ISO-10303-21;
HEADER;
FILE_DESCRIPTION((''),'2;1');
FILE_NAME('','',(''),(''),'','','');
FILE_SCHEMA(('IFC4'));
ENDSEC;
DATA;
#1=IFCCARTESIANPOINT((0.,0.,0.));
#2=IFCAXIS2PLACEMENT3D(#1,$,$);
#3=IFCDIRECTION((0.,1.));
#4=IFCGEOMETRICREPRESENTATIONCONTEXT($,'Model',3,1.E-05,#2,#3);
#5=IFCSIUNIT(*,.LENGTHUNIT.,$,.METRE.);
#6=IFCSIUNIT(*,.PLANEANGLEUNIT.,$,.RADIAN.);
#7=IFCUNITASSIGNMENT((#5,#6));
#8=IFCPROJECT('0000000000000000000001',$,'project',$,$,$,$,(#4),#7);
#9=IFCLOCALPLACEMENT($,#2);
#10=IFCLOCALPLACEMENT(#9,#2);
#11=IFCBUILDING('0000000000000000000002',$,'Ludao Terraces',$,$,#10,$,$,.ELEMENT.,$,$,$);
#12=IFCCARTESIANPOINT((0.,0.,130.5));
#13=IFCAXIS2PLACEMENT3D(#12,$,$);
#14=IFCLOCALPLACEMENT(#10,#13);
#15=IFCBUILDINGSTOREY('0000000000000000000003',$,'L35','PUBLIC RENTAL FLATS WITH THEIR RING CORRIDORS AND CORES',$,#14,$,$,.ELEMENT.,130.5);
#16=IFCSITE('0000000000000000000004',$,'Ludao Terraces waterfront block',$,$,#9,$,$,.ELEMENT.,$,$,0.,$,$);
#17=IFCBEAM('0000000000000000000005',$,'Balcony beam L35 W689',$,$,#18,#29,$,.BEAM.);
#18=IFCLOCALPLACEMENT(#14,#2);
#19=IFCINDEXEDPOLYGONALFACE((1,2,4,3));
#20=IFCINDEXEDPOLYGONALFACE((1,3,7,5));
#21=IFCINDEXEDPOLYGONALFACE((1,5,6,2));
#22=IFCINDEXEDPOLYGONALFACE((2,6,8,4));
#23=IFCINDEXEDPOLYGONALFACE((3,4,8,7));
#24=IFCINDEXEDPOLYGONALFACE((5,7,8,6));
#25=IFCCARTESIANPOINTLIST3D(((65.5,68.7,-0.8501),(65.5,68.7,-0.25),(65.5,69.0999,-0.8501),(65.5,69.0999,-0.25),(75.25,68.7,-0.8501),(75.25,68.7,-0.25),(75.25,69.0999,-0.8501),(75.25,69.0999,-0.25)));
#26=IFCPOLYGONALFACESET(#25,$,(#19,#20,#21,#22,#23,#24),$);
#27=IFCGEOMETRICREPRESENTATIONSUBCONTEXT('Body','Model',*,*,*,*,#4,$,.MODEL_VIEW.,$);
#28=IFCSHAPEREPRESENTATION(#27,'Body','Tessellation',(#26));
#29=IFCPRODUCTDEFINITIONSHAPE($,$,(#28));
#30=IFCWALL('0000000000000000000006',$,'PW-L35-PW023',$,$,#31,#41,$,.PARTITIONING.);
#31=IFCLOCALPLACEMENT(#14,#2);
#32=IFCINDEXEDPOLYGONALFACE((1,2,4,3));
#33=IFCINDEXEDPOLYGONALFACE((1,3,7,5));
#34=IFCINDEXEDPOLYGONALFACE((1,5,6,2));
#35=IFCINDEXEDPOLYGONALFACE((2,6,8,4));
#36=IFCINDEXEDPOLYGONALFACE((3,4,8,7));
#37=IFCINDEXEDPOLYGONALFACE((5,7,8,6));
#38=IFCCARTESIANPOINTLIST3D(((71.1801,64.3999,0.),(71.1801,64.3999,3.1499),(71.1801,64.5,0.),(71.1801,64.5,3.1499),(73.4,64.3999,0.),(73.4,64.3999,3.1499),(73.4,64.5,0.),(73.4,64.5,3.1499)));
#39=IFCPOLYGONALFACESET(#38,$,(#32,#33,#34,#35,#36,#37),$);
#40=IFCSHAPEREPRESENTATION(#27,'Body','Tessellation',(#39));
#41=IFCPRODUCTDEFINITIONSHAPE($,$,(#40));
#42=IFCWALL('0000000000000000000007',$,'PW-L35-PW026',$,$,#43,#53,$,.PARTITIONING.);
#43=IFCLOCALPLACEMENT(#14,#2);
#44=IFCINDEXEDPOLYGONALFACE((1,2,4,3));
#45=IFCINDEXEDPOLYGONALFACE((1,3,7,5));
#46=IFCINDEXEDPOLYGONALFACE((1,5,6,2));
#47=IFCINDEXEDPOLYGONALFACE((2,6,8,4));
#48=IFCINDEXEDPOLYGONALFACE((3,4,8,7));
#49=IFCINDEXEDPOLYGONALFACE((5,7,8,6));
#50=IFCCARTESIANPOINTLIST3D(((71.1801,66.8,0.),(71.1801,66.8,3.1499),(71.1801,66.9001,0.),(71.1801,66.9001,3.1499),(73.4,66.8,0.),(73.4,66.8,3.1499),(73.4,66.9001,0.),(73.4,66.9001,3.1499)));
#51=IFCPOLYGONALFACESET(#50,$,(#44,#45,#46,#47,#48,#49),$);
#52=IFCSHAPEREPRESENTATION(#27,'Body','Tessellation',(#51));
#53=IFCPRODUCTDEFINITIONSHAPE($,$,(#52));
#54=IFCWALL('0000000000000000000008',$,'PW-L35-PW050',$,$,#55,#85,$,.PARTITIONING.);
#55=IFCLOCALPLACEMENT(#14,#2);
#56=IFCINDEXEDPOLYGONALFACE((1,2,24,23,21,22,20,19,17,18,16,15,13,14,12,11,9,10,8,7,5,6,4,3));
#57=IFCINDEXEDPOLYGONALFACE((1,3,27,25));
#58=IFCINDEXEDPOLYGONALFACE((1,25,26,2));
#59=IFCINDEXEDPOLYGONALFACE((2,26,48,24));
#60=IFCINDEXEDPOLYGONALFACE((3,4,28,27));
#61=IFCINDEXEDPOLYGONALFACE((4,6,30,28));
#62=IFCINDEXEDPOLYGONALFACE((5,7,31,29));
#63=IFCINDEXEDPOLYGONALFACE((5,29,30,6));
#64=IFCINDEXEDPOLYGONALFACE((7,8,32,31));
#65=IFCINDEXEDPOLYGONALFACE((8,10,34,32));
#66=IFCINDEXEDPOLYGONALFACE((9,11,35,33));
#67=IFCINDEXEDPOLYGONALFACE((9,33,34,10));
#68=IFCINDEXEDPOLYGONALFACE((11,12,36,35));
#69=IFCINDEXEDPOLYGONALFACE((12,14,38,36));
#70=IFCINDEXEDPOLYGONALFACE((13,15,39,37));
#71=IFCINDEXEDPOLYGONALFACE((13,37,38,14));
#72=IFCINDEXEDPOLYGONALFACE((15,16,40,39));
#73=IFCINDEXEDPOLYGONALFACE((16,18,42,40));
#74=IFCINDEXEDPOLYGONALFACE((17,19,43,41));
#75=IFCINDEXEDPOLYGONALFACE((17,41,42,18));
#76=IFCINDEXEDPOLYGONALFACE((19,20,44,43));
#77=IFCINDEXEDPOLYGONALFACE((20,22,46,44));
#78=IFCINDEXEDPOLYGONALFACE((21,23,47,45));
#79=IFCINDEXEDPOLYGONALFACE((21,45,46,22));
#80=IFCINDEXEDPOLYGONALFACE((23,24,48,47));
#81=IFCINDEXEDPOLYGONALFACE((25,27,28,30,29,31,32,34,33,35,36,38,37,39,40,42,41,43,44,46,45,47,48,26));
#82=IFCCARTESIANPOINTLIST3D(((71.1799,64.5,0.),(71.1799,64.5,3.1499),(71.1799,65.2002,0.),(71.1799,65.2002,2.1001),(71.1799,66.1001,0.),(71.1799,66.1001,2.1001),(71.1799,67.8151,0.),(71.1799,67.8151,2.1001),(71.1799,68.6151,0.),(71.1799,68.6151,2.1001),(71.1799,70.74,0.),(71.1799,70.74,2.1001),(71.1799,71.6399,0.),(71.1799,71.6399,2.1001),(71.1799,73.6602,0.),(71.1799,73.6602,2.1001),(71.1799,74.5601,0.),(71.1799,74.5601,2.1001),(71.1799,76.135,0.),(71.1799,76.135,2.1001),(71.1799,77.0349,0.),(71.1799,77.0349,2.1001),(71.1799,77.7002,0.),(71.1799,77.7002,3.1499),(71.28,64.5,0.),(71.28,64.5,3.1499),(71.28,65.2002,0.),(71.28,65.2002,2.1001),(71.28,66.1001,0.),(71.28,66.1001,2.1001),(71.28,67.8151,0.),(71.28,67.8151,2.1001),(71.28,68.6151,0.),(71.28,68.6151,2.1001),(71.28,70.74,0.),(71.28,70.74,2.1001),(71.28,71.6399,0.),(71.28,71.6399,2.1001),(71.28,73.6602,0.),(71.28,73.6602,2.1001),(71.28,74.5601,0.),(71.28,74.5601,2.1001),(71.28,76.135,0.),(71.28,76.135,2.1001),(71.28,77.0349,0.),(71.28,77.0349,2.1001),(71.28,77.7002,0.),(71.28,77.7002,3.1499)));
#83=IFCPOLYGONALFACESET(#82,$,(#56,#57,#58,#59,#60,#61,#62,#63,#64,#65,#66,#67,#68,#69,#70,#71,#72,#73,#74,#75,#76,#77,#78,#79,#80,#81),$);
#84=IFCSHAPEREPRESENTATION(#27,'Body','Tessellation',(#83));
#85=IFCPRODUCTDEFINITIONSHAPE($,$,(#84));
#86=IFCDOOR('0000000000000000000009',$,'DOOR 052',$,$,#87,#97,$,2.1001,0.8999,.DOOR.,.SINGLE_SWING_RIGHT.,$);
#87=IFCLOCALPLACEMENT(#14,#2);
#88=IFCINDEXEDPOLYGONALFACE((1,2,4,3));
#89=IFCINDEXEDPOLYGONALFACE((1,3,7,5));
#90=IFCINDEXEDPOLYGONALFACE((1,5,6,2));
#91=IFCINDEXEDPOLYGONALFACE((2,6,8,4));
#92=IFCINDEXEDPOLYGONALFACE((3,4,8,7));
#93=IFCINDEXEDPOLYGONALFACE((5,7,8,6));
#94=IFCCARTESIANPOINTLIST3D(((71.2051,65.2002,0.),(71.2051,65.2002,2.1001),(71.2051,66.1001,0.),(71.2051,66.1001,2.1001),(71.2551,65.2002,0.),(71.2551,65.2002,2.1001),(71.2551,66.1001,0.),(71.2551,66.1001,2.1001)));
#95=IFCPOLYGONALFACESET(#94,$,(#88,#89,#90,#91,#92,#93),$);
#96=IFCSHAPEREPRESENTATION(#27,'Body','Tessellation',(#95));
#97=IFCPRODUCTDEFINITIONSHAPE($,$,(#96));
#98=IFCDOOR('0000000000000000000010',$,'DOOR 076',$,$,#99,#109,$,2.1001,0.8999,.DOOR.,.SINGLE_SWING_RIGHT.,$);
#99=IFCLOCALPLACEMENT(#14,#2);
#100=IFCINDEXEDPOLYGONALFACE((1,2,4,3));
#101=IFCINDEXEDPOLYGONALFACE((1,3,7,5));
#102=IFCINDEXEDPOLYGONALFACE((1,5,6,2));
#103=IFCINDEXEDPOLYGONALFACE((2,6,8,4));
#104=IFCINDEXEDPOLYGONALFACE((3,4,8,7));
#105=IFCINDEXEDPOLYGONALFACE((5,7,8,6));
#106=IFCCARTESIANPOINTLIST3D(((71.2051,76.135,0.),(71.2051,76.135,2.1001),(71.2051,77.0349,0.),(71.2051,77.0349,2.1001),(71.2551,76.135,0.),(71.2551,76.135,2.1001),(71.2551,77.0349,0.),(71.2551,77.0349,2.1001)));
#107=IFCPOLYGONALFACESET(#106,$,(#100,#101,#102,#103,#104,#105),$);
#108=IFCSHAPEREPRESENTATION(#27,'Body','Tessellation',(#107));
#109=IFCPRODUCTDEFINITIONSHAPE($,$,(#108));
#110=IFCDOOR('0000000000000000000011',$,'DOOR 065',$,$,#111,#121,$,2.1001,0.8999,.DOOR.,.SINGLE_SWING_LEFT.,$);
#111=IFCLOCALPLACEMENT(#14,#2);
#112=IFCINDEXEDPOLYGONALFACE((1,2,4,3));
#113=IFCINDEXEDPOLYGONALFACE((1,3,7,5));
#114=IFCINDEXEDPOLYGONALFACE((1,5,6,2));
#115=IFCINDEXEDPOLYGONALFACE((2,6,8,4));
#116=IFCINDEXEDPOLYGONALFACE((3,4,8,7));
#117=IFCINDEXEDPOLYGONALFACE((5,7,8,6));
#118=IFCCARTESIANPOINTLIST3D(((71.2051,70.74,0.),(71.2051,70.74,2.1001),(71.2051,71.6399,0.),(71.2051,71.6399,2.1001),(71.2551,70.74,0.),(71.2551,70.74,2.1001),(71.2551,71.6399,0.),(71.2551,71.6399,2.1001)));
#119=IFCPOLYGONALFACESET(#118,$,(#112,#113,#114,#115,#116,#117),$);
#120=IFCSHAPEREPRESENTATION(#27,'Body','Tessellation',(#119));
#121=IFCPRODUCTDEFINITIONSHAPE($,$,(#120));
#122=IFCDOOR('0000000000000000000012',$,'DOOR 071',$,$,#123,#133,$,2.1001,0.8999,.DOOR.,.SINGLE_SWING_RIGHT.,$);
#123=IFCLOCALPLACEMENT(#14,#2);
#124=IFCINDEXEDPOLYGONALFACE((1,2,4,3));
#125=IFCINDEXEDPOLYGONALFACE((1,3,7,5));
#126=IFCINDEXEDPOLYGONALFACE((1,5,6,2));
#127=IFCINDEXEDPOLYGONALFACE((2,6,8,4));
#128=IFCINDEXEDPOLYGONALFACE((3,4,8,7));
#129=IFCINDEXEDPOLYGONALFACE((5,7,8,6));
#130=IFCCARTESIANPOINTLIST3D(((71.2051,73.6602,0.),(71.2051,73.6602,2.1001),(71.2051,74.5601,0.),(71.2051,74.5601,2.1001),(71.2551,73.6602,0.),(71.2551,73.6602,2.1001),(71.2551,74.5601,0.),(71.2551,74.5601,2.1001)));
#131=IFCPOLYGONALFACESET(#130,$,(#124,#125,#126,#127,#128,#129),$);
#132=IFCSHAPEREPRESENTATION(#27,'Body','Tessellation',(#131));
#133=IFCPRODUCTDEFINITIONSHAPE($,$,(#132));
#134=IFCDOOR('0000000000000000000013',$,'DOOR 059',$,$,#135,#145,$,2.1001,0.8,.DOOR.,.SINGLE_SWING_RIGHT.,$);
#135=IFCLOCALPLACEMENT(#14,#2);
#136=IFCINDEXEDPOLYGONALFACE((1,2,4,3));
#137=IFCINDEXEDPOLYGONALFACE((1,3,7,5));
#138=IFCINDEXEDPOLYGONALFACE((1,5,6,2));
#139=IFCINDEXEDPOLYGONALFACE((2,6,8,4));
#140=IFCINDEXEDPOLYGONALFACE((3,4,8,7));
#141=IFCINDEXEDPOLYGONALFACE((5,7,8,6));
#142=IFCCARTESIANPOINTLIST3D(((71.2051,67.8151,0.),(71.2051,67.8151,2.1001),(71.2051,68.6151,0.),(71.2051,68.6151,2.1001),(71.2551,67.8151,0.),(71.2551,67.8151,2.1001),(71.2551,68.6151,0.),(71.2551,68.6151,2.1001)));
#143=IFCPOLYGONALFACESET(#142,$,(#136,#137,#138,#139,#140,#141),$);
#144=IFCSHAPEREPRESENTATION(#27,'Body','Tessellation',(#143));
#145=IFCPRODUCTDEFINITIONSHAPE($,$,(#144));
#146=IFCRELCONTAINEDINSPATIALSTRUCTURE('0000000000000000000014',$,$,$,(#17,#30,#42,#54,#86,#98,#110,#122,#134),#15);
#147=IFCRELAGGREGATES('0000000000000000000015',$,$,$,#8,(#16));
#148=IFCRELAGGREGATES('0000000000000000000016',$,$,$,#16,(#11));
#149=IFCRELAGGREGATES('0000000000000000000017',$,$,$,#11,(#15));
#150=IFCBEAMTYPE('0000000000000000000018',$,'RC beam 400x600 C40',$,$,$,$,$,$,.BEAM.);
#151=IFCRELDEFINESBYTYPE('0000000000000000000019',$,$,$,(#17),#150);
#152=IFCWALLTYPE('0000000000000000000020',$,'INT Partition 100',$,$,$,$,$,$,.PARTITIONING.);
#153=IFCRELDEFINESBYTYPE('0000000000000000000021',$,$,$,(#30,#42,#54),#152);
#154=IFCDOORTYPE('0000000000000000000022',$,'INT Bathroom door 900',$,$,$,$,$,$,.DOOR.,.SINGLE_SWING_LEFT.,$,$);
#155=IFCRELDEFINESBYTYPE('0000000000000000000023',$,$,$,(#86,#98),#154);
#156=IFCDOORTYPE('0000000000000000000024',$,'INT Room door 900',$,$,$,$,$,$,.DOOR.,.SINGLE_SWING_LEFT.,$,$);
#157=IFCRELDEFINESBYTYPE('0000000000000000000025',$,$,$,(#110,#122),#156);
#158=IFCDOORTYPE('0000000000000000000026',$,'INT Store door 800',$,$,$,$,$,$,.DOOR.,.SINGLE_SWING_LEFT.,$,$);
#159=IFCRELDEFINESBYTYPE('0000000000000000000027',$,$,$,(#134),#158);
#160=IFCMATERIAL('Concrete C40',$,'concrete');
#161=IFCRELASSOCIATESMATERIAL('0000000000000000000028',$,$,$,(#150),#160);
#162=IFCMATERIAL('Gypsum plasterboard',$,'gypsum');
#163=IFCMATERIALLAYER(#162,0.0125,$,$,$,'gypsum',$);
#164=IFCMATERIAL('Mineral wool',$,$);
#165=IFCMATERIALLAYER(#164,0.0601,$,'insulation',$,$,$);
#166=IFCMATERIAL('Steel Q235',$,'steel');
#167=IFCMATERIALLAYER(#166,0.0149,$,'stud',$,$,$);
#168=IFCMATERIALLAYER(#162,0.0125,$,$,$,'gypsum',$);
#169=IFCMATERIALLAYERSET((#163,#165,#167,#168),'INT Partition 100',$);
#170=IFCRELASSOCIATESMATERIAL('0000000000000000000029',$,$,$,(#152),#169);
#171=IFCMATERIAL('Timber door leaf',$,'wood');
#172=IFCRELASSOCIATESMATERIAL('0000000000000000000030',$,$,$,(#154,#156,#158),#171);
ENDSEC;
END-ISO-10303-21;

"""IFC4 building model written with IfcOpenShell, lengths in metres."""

from ifc_helpers import new_model, si_unit, direction, frame, frame_2d, origin, origin_2d, place, context, subcontext, project, spatial, rectangle, extrude, material, layer, layer_set, material_profile, profile_set, type_object, element, fill, save


model = new_model("IFC4")

# Units and contexts
model_context = context("Model", 3, precision=1e-05, world=origin(), true_north=direction((0.0, 1.0)))
body_context = subcontext(model_context, "Body", "Model", "MODEL_VIEW")
ifc_project = project(units=[si_unit("LENGTHUNIT", "METRE"), si_unit("PLANEANGLEUNIT", "RADIAN")], contexts=[model_context])

# Site, building, storey
site_placement = place(None, origin())
site = spatial("IfcSite", under=ifc_project, at=site_placement, Name="Ludao Terraces waterfront block", CompositionType="ELEMENT", RefElevation=0.0)
building_placement = place(site_placement, origin())
building = spatial("IfcBuilding", under=site, at=building_placement, Name="Ludao Terraces", CompositionType="ELEMENT")
storey_placement = place(building_placement, frame((0.0, 0.0, 130.5)))
storey = spatial("IfcBuildingStorey", under=building, at=storey_placement, Name="L35", Description="PUBLIC RENTAL FLATS WITH THEIR RING CORRIDORS AND CORES", CompositionType="ELEMENT", Elevation=130.5)

# Beam
ifc_material_1 = material(Name="Concrete C40", Category="concrete")
ifc_material_profile = material_profile(ifc_material_1, rectangle(XDim=0.3999, YDim=0.6001, at=origin_2d()), Name="400 X 600")
ifc_profile_set = profile_set([ifc_material_profile], Name="Concrete C40")
beam_type = type_object("IfcBeamType", Name="RC beam 400x600 C40", PredefinedType="BEAM", material=ifc_profile_set)
beam_placement = place(storey_placement, frame((75.25, 68.8999, -0.55), z_axis=(-1.0, 0.0, 0.0), x_axis=(0.0, -1.0, 0.0)))
element("IfcBeam", 1, at=beam_placement, inside=storey, type_object=beam_type, Name="Balcony beam L35 W689", PredefinedType="BEAM", context=body_context, shape_type="SweptSolid", body=[
    extrude(rectangle(XDim=0.3999, YDim=0.6001, at=origin_2d()), origin(), (0.0, 0.0, 1.0), 9.75),
])

# Walls
ifc_material_2 = material(Name="Gypsum plasterboard", Category="gypsum")
ifc_layer_1 = layer(ifc_material_2, 0.0125, Category="gypsum")
ifc_material_3 = material(Name="Mineral wool")
ifc_layer_2 = layer(ifc_material_3, 0.0601, Name="insulation")
ifc_material_4 = material(Name="Steel Q235", Category="steel")
ifc_layer_3 = layer(ifc_material_4, 0.0149, Name="stud")
ifc_layer_4 = layer(ifc_material_2, 0.0125, Category="gypsum")
ifc_layer_set_1 = layer_set([ifc_layer_1, ifc_layer_2, ifc_layer_3, ifc_layer_4], Name="INT Partition 100")
wall_type_1 = type_object("IfcWallType", Name="INT Partition 100", PredefinedType="PARTITIONING", material=ifc_layer_set_1)
for number, where, z_axis, x_axis, name in (
    (2, (71.1802, 64.45, 0.0), (0.0, 0.0, 1.0), (1.0, 0.0, 0.0), "PW-L35-PW023"),
    (3, (71.1802, 66.8501, 0.0), (0.0, 0.0, 1.0), (1.0, 0.0, 0.0), "PW-L35-PW026"),
):
    element("IfcWall", number, at=place(storey_placement, frame(where, z_axis=z_axis, x_axis=x_axis)), inside=storey, type_object=wall_type_1, Name=name, PredefinedType="PARTITIONING", context=body_context, shape_type="SweptSolid", body=[
        extrude(rectangle(XDim=2.22, YDim=0.1001, at=frame_2d((1.1099, 0.0))), origin(), (0.0, 0.0, 1.0), 3.1499),
    ])

# Wall, openings, doors
wall_1_placement = place(storey_placement, frame((71.23, 64.5, 0.0), z_axis=(0.0, 0.0, 1.0), x_axis=(0.0, 1.0, 0.0)))
wall_1 = element("IfcWall", 4, at=wall_1_placement, inside=storey, type_object=wall_type_1, Name="PW-L35-PW050", PredefinedType="PARTITIONING", context=body_context, shape_type="SweptSolid", body=[
    extrude(rectangle(XDim=13.2002, YDim=0.1001, at=frame_2d((6.6001, 0.0))), origin(), (0.0, 0.0, 1.0), 3.1499),
])
opening_1_placement = place(wall_1_placement, frame((0.7002, 0.0, 0.0)))
opening_1 = element("IfcOpeningElement", 5, at=opening_1_placement, cuts=wall_1, PredefinedType="OPENING", context=body_context, shape_type="SweptSolid", body=[
    extrude(rectangle(XDim=0.8999, YDim=2.1001, at=frame_2d((0.45, 1.05))), frame((0.0, 0.0601, 0.0), z_axis=(0.0, -1.0, 0.0), x_axis=(1.0, 0.0, 0.0)), (0.0, 0.0, 1.0), 0.1201),
])
opening_2_placement = place(wall_1_placement, frame((3.3152, 0.0, 0.0)))
opening_2 = element("IfcOpeningElement", 6, at=opening_2_placement, cuts=wall_1, PredefinedType="OPENING", context=body_context, shape_type="SweptSolid", body=[
    extrude(rectangle(XDim=0.8, YDim=2.1001, at=frame_2d((0.3999, 1.05))), frame((0.0, 0.0601, 0.0), z_axis=(0.0, -1.0, 0.0), x_axis=(1.0, 0.0, 0.0)), (0.0, 0.0, 1.0), 0.1201),
])
opening_3_placement = place(wall_1_placement, frame((6.24, 0.0, 0.0)))
opening_3 = element("IfcOpeningElement", 7, at=opening_3_placement, cuts=wall_1, PredefinedType="OPENING", context=body_context, shape_type="SweptSolid", body=[
    extrude(rectangle(XDim=0.8999, YDim=2.1001, at=frame_2d((0.45, 1.05))), frame((0.0, 0.0601, 0.0), z_axis=(0.0, -1.0, 0.0), x_axis=(1.0, 0.0, 0.0)), (0.0, 0.0, 1.0), 0.1201),
])
opening_4_placement = place(wall_1_placement, frame((9.1602, 0.0, 0.0)))
opening_4 = element("IfcOpeningElement", 8, at=opening_4_placement, cuts=wall_1, PredefinedType="OPENING", context=body_context, shape_type="SweptSolid", body=[
    extrude(rectangle(XDim=0.8999, YDim=2.1001, at=frame_2d((0.45, 1.05))), frame((0.0, 0.0601, 0.0), z_axis=(0.0, -1.0, 0.0), x_axis=(1.0, 0.0, 0.0)), (0.0, 0.0, 1.0), 0.1201),
])
opening_5_placement = place(wall_1_placement, frame((11.635, 0.0, 0.0)))
opening_5 = element("IfcOpeningElement", 9, at=opening_5_placement, cuts=wall_1, PredefinedType="OPENING", context=body_context, shape_type="SweptSolid", body=[
    extrude(rectangle(XDim=0.8999, YDim=2.1001, at=frame_2d((0.45, 1.05))), frame((0.0, 0.0601, 0.0), z_axis=(0.0, -1.0, 0.0), x_axis=(1.0, 0.0, 0.0)), (0.0, 0.0, 1.0), 0.1201),
])
ifc_material_5 = material(Name="Timber door leaf", Category="wood")
door_type_1 = type_object("IfcDoorType", Name="INT Bathroom door 900", OperationType="SINGLE_SWING_LEFT", PredefinedType="DOOR", material=ifc_material_5)
door_1_placement = place(opening_1_placement, origin())
door_1 = element("IfcDoor", 10, at=door_1_placement, inside=storey, type_object=door_type_1, Name="DOOR 052", OperationType="SINGLE_SWING_RIGHT", OverallHeight=2.1001, OverallWidth=0.8999, PredefinedType="DOOR", context=body_context, shape_type="SweptSolid", body=[
    extrude(rectangle(XDim=0.8999, YDim=2.1001, at=frame_2d((0.45, 1.05))), frame((0.0, 0.0249, 0.0), z_axis=(0.0, -1.0, 0.0), x_axis=(1.0, 0.0, 0.0)), (0.0, 0.0, 1.0), 0.05),
])
fill(opening_1, door_1)
door_2_placement = place(opening_5_placement, origin())
door_2 = element("IfcDoor", 11, at=door_2_placement, inside=storey, type_object=door_type_1, Name="DOOR 076", OperationType="SINGLE_SWING_RIGHT", OverallHeight=2.1001, OverallWidth=0.8999, PredefinedType="DOOR", context=body_context, shape_type="SweptSolid", body=[
    extrude(rectangle(XDim=0.8999, YDim=2.1001, at=frame_2d((0.45, 1.05))), frame((0.0, 0.0249, 0.0), z_axis=(0.0, -1.0, 0.0), x_axis=(1.0, 0.0, 0.0)), (0.0, 0.0, 1.0), 0.05),
])
fill(opening_5, door_2)
door_type_2 = type_object("IfcDoorType", Name="INT Room door 900", OperationType="SINGLE_SWING_LEFT", PredefinedType="DOOR", material=ifc_material_5)
door_3_placement = place(opening_3_placement, origin())
door_3 = element("IfcDoor", 12, at=door_3_placement, inside=storey, type_object=door_type_2, Name="DOOR 065", OperationType="SINGLE_SWING_LEFT", OverallHeight=2.1001, OverallWidth=0.8999, PredefinedType="DOOR", context=body_context, shape_type="SweptSolid", body=[
    extrude(rectangle(XDim=0.8999, YDim=2.1001, at=frame_2d((0.45, 1.05))), frame((0.0, 0.0249, 0.0), z_axis=(0.0, -1.0, 0.0), x_axis=(1.0, 0.0, 0.0)), (0.0, 0.0, 1.0), 0.05),
])
fill(opening_3, door_3)
door_4_placement = place(opening_4_placement, origin())
door_4 = element("IfcDoor", 13, at=door_4_placement, inside=storey, type_object=door_type_2, Name="DOOR 071", OperationType="SINGLE_SWING_RIGHT", OverallHeight=2.1001, OverallWidth=0.8999, PredefinedType="DOOR", context=body_context, shape_type="SweptSolid", body=[
    extrude(rectangle(XDim=0.8999, YDim=2.1001, at=frame_2d((0.45, 1.05))), frame((0.0, 0.0249, 0.0), z_axis=(0.0, -1.0, 0.0), x_axis=(1.0, 0.0, 0.0)), (0.0, 0.0, 1.0), 0.05),
])
fill(opening_4, door_4)
door_type_3 = type_object("IfcDoorType", Name="INT Store door 800", OperationType="SINGLE_SWING_LEFT", PredefinedType="DOOR", material=ifc_material_5)
door_5_placement = place(opening_2_placement, origin())
door_5 = element("IfcDoor", 14, at=door_5_placement, inside=storey, type_object=door_type_3, Name="DOOR 059", OperationType="SINGLE_SWING_RIGHT", OverallHeight=2.1001, OverallWidth=0.8, PredefinedType="DOOR", context=body_context, shape_type="SweptSolid", body=[
    extrude(rectangle(XDim=0.8, YDim=2.1001, at=frame_2d((0.3999, 1.05))), frame((0.0, 0.0249, 0.0), z_axis=(0.0, -1.0, 0.0), x_axis=(1.0, 0.0, 0.0)), (0.0, 0.0, 1.0), 0.05),
])
fill(opening_2, door_5)

save(model, "model.ifc")
